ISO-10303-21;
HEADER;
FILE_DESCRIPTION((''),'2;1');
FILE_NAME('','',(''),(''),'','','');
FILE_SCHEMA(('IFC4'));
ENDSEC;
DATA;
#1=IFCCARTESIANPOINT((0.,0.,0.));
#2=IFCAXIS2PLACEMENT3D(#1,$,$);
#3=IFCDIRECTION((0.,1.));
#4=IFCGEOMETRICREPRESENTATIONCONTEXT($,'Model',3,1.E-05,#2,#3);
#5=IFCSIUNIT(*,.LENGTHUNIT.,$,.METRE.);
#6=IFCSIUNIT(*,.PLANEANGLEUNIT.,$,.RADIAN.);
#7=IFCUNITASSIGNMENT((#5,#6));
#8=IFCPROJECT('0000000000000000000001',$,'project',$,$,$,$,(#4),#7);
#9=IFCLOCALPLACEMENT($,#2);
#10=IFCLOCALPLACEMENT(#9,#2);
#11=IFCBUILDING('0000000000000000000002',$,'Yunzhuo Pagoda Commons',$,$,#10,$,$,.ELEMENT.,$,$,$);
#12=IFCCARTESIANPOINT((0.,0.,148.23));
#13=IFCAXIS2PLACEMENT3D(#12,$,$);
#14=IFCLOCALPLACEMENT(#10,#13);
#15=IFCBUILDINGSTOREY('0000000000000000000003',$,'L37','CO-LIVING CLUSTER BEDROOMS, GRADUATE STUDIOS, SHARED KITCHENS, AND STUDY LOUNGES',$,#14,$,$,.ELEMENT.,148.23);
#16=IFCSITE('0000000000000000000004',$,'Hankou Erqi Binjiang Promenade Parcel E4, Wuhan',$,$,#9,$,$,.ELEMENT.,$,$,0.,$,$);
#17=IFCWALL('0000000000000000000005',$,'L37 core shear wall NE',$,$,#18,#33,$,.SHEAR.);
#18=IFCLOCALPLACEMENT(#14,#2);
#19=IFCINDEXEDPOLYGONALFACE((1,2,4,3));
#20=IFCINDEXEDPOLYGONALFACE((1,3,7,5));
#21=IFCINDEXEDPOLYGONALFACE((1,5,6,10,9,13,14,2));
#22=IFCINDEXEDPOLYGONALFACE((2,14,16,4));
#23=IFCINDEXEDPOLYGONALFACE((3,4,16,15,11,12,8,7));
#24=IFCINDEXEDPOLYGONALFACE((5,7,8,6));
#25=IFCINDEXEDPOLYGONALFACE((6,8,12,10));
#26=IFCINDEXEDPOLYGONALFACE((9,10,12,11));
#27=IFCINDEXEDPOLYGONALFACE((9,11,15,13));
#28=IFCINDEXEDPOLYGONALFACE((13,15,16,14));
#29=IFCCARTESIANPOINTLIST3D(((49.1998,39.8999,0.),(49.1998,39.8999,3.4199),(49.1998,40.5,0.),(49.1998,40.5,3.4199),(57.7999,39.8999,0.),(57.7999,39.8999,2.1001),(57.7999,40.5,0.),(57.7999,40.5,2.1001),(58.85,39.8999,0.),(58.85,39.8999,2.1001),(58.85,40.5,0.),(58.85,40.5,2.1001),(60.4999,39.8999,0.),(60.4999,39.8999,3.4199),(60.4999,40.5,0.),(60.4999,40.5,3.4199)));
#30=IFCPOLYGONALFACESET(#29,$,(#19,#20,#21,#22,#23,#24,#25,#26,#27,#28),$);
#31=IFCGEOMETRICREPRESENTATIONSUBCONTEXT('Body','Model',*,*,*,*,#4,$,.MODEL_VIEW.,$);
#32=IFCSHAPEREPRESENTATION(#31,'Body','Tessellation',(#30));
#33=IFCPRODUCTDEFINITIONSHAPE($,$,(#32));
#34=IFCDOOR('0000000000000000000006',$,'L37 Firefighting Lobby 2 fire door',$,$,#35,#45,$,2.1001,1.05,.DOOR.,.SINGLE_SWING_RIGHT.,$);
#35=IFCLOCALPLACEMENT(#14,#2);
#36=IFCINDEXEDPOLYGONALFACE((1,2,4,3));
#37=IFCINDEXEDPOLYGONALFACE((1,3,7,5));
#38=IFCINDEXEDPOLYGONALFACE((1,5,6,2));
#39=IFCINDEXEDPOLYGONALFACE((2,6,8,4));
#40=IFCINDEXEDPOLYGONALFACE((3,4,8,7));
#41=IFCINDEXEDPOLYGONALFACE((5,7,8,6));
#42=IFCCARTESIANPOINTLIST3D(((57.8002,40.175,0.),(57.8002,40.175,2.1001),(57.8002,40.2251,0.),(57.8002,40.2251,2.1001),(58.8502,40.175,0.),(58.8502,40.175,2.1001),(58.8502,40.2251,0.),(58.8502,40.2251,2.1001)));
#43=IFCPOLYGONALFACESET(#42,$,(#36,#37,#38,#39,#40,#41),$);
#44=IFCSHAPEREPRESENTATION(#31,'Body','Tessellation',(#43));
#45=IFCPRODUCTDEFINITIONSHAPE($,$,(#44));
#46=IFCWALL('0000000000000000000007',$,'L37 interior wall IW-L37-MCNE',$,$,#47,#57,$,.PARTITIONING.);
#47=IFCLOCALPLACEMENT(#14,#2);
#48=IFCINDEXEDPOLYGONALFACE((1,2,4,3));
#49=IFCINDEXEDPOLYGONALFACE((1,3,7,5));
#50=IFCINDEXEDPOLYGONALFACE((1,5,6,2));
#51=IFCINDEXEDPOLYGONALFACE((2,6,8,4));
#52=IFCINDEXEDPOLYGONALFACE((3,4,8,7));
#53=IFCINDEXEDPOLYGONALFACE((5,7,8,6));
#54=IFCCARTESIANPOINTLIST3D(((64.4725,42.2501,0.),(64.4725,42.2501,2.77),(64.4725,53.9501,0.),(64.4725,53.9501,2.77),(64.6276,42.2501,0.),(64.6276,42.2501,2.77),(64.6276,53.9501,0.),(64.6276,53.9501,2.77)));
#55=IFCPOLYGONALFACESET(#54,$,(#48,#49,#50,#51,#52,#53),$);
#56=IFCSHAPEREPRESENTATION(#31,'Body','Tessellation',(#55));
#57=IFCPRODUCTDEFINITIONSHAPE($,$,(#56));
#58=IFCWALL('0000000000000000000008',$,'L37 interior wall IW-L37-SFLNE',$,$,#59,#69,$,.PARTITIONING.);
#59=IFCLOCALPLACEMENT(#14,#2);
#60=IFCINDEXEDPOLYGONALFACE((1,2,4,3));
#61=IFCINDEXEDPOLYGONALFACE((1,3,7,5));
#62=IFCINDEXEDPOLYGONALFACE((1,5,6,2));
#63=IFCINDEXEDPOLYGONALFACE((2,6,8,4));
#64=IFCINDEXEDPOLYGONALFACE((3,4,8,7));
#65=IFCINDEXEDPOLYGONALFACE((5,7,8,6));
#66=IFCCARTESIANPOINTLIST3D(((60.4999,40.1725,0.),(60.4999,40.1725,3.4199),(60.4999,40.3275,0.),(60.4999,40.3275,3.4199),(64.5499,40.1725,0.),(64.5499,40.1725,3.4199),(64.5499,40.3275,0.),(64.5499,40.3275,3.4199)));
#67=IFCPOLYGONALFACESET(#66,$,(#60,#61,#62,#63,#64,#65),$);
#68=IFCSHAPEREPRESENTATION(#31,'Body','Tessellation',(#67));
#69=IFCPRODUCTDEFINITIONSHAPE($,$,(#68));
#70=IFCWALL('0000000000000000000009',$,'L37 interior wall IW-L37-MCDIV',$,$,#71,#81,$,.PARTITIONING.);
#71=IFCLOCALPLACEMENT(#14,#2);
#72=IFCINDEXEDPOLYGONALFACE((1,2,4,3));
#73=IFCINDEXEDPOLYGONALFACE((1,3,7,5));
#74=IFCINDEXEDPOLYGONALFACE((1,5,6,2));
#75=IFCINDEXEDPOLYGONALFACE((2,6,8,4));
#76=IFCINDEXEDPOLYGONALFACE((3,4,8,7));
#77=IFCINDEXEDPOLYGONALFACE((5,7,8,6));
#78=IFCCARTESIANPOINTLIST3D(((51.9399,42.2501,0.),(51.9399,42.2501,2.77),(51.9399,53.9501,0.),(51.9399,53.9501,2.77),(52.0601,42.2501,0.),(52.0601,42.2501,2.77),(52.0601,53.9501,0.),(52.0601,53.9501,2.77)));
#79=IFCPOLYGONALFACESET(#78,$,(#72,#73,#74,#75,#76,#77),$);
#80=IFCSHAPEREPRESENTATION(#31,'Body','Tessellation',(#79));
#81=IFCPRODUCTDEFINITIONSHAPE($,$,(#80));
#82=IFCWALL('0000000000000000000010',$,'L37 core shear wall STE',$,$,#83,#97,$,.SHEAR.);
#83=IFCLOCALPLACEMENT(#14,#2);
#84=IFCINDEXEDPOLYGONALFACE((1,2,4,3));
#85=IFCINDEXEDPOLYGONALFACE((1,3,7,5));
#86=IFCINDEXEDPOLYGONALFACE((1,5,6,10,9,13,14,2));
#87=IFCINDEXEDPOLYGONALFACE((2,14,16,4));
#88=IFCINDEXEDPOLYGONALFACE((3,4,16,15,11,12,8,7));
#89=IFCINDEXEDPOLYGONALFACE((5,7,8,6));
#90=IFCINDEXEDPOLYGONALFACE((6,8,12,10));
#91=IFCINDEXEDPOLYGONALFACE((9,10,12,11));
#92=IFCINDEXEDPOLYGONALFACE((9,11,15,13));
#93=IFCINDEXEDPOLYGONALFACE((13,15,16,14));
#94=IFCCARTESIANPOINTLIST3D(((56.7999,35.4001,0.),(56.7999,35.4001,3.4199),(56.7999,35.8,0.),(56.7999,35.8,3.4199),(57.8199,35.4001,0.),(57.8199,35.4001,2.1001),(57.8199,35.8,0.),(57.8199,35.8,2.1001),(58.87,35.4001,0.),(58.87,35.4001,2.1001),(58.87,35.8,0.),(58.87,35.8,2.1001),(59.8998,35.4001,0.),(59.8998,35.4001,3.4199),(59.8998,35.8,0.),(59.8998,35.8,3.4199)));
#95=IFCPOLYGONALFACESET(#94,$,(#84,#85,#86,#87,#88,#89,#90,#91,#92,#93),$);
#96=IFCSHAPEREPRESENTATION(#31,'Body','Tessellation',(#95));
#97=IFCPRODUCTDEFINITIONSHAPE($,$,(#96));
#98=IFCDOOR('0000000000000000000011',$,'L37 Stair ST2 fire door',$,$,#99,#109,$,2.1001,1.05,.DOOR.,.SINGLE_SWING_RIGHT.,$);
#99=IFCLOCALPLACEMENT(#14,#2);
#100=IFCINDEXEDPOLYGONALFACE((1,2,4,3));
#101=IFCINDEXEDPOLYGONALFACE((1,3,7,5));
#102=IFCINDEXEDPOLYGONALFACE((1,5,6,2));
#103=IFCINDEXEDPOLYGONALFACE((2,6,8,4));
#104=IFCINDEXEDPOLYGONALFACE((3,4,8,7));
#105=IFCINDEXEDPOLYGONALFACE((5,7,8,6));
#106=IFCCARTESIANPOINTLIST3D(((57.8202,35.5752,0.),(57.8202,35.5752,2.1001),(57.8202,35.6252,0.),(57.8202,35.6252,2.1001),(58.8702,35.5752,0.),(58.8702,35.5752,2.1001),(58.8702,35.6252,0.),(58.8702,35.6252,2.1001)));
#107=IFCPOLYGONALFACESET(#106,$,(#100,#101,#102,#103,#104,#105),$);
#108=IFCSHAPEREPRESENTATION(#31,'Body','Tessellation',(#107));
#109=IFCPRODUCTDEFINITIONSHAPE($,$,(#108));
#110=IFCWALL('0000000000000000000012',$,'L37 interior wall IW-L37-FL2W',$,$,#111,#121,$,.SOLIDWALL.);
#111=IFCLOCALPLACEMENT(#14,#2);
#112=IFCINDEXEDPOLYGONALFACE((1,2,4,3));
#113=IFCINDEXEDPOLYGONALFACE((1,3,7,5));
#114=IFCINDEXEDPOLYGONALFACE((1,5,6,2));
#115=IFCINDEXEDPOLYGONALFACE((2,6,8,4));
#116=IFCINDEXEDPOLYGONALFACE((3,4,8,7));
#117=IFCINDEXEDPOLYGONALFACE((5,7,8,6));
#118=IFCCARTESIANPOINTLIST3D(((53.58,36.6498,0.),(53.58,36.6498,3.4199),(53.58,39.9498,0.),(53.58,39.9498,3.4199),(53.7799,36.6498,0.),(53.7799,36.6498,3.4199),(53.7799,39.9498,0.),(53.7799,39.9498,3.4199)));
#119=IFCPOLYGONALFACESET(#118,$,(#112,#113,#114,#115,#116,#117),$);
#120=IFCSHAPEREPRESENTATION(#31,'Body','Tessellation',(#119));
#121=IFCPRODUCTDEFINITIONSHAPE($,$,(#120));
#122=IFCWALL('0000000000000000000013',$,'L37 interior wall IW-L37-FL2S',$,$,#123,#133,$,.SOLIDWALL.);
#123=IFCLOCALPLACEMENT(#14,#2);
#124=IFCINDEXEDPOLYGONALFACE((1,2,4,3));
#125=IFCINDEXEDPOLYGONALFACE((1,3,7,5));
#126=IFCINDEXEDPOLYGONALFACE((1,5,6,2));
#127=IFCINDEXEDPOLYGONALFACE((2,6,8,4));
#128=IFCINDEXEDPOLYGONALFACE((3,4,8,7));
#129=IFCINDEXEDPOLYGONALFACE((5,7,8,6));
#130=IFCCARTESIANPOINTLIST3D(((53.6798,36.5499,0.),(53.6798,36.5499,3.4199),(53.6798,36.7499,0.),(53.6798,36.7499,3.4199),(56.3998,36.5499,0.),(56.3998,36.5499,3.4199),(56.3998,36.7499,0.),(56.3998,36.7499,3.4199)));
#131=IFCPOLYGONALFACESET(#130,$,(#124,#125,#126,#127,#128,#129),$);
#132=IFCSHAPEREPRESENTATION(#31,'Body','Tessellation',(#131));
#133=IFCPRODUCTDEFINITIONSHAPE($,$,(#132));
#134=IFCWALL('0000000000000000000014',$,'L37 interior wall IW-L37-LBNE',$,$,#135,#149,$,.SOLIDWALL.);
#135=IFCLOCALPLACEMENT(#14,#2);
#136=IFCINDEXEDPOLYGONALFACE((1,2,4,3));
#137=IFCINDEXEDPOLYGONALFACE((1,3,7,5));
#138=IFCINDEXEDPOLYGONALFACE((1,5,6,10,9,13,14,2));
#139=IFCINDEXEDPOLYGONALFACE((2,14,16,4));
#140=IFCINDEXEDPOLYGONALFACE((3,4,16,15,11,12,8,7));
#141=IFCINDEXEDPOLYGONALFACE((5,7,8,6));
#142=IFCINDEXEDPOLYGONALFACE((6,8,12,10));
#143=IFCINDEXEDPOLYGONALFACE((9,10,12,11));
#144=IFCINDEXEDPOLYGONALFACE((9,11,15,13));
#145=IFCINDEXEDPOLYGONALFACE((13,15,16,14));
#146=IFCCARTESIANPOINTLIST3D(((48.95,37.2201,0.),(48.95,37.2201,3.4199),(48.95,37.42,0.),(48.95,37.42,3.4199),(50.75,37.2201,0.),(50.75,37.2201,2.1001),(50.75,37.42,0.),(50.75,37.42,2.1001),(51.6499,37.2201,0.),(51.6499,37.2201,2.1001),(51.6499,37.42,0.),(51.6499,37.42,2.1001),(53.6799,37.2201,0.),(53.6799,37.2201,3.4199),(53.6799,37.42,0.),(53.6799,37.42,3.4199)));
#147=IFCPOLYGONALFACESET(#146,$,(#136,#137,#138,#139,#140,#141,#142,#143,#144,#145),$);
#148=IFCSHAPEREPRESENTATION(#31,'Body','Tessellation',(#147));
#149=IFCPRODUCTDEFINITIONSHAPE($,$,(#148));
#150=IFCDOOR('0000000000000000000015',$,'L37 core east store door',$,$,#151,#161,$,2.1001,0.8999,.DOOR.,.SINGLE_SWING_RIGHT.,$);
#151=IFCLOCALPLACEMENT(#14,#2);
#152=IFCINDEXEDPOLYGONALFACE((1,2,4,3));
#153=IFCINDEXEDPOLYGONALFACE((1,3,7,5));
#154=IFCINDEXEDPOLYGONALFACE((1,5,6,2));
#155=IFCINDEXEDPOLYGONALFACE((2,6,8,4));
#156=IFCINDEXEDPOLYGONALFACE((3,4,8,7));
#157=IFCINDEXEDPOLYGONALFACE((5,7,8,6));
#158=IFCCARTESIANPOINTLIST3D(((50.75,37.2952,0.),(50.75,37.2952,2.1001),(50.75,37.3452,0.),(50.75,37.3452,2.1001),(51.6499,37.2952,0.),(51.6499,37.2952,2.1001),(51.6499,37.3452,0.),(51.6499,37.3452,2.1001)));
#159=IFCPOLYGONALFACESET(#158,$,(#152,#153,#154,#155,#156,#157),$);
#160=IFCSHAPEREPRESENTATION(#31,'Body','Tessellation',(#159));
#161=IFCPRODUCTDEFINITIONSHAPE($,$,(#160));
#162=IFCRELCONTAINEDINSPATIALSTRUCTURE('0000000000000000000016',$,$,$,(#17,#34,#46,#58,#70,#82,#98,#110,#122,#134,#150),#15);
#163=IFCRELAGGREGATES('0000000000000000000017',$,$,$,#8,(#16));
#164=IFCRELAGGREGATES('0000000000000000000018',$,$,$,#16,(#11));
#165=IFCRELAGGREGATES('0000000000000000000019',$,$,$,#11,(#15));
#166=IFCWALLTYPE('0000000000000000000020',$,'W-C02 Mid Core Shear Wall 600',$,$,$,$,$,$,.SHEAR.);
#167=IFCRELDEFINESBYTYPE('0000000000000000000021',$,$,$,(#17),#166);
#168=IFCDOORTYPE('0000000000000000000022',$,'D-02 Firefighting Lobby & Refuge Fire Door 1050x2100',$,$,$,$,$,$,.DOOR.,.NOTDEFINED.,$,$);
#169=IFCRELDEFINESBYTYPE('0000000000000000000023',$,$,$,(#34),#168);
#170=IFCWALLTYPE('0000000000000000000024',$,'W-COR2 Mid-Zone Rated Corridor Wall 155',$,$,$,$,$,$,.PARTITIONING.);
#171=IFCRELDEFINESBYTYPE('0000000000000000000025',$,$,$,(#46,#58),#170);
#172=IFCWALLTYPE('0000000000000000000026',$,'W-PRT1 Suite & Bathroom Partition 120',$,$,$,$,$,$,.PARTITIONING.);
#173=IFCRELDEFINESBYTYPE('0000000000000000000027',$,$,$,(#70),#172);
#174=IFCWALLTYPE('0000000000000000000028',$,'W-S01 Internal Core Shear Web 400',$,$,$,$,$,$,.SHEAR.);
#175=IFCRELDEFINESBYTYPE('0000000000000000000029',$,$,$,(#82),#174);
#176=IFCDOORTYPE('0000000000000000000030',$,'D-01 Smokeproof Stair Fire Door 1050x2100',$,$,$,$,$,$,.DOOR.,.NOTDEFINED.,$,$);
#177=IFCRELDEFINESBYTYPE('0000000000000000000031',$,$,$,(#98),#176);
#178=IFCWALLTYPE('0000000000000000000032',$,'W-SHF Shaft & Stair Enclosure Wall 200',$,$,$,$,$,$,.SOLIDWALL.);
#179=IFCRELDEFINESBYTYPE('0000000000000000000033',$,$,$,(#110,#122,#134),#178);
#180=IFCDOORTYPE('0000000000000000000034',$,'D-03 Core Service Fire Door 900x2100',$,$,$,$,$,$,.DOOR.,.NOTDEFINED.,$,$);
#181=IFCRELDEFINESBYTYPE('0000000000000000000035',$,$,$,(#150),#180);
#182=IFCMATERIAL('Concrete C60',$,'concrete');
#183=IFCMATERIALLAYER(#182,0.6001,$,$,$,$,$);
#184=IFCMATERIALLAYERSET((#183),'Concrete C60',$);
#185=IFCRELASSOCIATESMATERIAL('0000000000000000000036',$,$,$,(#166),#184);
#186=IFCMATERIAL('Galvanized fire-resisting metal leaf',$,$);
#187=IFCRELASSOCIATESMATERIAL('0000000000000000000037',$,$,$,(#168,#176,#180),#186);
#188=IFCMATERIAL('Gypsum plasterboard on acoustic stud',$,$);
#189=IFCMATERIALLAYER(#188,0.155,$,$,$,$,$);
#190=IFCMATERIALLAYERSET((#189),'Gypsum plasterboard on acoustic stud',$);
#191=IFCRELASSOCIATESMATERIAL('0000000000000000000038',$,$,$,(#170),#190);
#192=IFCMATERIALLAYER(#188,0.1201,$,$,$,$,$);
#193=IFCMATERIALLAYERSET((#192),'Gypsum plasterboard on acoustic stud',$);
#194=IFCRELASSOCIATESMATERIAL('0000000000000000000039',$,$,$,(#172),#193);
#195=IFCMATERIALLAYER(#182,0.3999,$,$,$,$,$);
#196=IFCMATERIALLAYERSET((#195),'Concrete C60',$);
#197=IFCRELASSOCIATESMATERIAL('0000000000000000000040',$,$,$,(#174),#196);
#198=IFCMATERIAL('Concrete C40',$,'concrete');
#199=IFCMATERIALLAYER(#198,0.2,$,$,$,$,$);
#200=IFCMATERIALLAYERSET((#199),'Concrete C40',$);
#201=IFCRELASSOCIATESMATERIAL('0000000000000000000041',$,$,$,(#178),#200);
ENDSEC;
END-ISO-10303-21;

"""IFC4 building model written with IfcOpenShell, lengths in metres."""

from ifc_helpers import new_model, si_unit, direction, frame, frame_2d, origin, place, context, subcontext, project, spatial, rectangle, extrude, source, transform, mapped, material, layer, layer_set, type_object, element, fill, save


model = new_model("IFC4")

# Units and contexts
model_context = context("Model", 3, precision=1e-05, world=origin(), true_north=direction((0.0, 1.0)))
body_context = subcontext(model_context, "Body", "Model", "MODEL_VIEW")
ifc_project = project(units=[si_unit("LENGTHUNIT", "METRE"), si_unit("PLANEANGLEUNIT", "RADIAN")], contexts=[model_context])

# Site, building, storey
site_placement = place(None, origin())
site = spatial("IfcSite", under=ifc_project, at=site_placement, Name="Hankou Erqi Binjiang Promenade Parcel E4, Wuhan", CompositionType="ELEMENT", RefElevation=0.0)
building_placement = place(site_placement, origin())
building = spatial("IfcBuilding", under=site, at=building_placement, Name="Yunzhuo Pagoda Commons", CompositionType="ELEMENT")
storey_placement = place(building_placement, frame((0.0, 0.0, 148.23)))
storey = spatial("IfcBuildingStorey", under=building, at=storey_placement, Name="L37", Description="CO-LIVING CLUSTER BEDROOMS, GRADUATE STUDIOS, SHARED KITCHENS, AND STUDY LOUNGES", CompositionType="ELEMENT", Elevation=148.23)

# Wall, opening, door
ifc_material_1 = material(Name="Concrete C60", Category="concrete")
ifc_layer_1 = layer(ifc_material_1, 0.6001)
ifc_layer_set_1 = layer_set([ifc_layer_1], Name="Concrete C60")
wall_type_1 = type_object("IfcWallType", Name="W-C02 Mid Core Shear Wall 600", PredefinedType="SHEAR", material=ifc_layer_set_1)
wall_1_placement = place(storey_placement, frame((49.2, 40.2, 0.0), z_axis=(0.0, 0.0, 1.0), x_axis=(1.0, 0.0, 0.0)))
wall_1 = element("IfcWall", 1, at=wall_1_placement, inside=storey, type_object=wall_type_1, Name="L37 core shear wall NE", PredefinedType="SHEAR", context=body_context, shape_type="SweptSolid", body=[
    extrude(rectangle(XDim=11.3, YDim=0.6001, at=frame_2d((5.6499, 0.0))), origin(), (0.0, 0.0, 1.0), 3.4199),
])
opening_1_placement = place(wall_1_placement, frame((8.6001, 0.0, 0.0)))
opening_1 = element("IfcOpeningElement", 2, at=opening_1_placement, cuts=wall_1, PredefinedType="OPENING", context=body_context, shape_type="SweptSolid", body=[
    extrude(rectangle(XDim=1.05, YDim=2.1001, at=frame_2d((0.5249, 1.05))), frame((0.0, 0.3101, 0.0), z_axis=(0.0, -1.0, 0.0), x_axis=(1.0, 0.0, 0.0)), (0.0, 0.0, 1.0), 0.6201),
])
ifc_material_2 = material(Name="Galvanized fire-resisting metal leaf")
door_type_1 = type_object("IfcDoorType", Name="D-02 Firefighting Lobby & Refuge Fire Door 1050x2100", OperationType="NOTDEFINED", PredefinedType="DOOR", material=ifc_material_2)
shared_shape_1 = source(origin(), body_context, "Body", "SweptSolid", [
    extrude(rectangle(XDim=1.05, YDim=2.1001, at=frame_2d((0.5249, 1.05))), frame((0.0, 0.0249, 0.0), z_axis=(0.0, -1.0, 0.0), x_axis=(1.0, 0.0, 0.0)), (0.0, 0.0, 1.0), 0.05),
])
door_1_placement = place(opening_1_placement, frame((1.05, 0.0, 0.0), z_axis=(0.0, 0.0, 1.0), x_axis=(-1.0, 0.0, 0.0)))
door_1 = element("IfcDoor", 3, at=door_1_placement, inside=storey, type_object=door_type_1, Name="L37 Firefighting Lobby 2 fire door", OperationType="SINGLE_SWING_RIGHT", OverallHeight=2.1001, OverallWidth=1.05, PredefinedType="DOOR", context=body_context, shape_type="MappedRepresentation", body=[
    mapped(shared_shape_1, transform((0.0, 0.0, 0.0), scale=1.0)),
])
fill(opening_1, door_1)

# Walls
ifc_material_3 = material(Name="Gypsum plasterboard on acoustic stud")
ifc_layer_2 = layer(ifc_material_3, 0.155)
ifc_layer_set_2 = layer_set([ifc_layer_2], Name="Gypsum plasterboard on acoustic stud")
wall_type_2 = type_object("IfcWallType", Name="W-COR2 Mid-Zone Rated Corridor Wall 155", PredefinedType="PARTITIONING", material=ifc_layer_set_2)
wall_2_placement = place(storey_placement, frame((64.55, 42.25, 0.0), z_axis=(0.0, 0.0, 1.0), x_axis=(0.0, 1.0, 0.0)))
element("IfcWall", 4, at=wall_2_placement, inside=storey, type_object=wall_type_2, Name="L37 interior wall IW-L37-MCNE", PredefinedType="PARTITIONING", context=body_context, shape_type="SweptSolid", body=[
    extrude(rectangle(XDim=11.7, YDim=0.155, at=frame_2d((5.8501, 0.0))), origin(), (0.0, 0.0, 1.0), 2.77),
])
wall_3_placement = place(storey_placement, frame((60.5, 40.25, 0.0), z_axis=(0.0, 0.0, 1.0), x_axis=(1.0, 0.0, 0.0)))
element("IfcWall", 5, at=wall_3_placement, inside=storey, type_object=wall_type_2, Name="L37 interior wall IW-L37-SFLNE", PredefinedType="PARTITIONING", context=body_context, shape_type="SweptSolid", body=[
    extrude(rectangle(XDim=4.05, YDim=0.155, at=frame_2d((2.0249, 0.0))), origin(), (0.0, 0.0, 1.0), 3.4199),
])
ifc_layer_3 = layer(ifc_material_3, 0.1201)
ifc_layer_set_3 = layer_set([ifc_layer_3], Name="Gypsum plasterboard on acoustic stud")
wall_type_3 = type_object("IfcWallType", Name="W-PRT1 Suite & Bathroom Partition 120", PredefinedType="PARTITIONING", material=ifc_layer_set_3)
wall_4_placement = place(storey_placement, frame((52.0, 42.25, 0.0), z_axis=(0.0, 0.0, 1.0), x_axis=(0.0, 1.0, 0.0)))
element("IfcWall", 6, at=wall_4_placement, inside=storey, type_object=wall_type_3, Name="L37 interior wall IW-L37-MCDIV", PredefinedType="PARTITIONING", context=body_context, shape_type="SweptSolid", body=[
    extrude(rectangle(XDim=11.7, YDim=0.1201, at=frame_2d((5.8501, 0.0))), origin(), (0.0, 0.0, 1.0), 2.77),
])

# Wall, opening, door
ifc_layer_4 = layer(ifc_material_1, 0.3999)
ifc_layer_set_4 = layer_set([ifc_layer_4], Name="Concrete C60")
wall_type_4 = type_object("IfcWallType", Name="W-S01 Internal Core Shear Web 400", PredefinedType="SHEAR", material=ifc_layer_set_4)
wall_5_placement = place(storey_placement, frame((56.8, 35.6001, 0.0), z_axis=(0.0, 0.0, 1.0), x_axis=(1.0, 0.0, 0.0)))
wall_5 = element("IfcWall", 7, at=wall_5_placement, inside=storey, type_object=wall_type_4, Name="L37 core shear wall STE", PredefinedType="SHEAR", context=body_context, shape_type="SweptSolid", body=[
    extrude(rectangle(XDim=3.0999, YDim=0.3999, at=frame_2d((1.5498, 0.0))), origin(), (0.0, 0.0, 1.0), 3.4199),
])
opening_2_placement = place(wall_5_placement, frame((1.02, 0.0, 0.0)))
opening_2 = element("IfcOpeningElement", 8, at=opening_2_placement, cuts=wall_5, PredefinedType="OPENING", context=body_context, shape_type="SweptSolid", body=[
    extrude(rectangle(XDim=1.05, YDim=2.1001, at=frame_2d((0.5249, 1.05))), frame((0.0, 0.21, 0.0), z_axis=(0.0, -1.0, 0.0), x_axis=(1.0, 0.0, 0.0)), (0.0, 0.0, 1.0), 0.4199),
])
door_type_2 = type_object("IfcDoorType", Name="D-01 Smokeproof Stair Fire Door 1050x2100", OperationType="NOTDEFINED", PredefinedType="DOOR", material=ifc_material_2)
door_2_placement = place(opening_2_placement, frame((1.05, 0.0, 0.0), z_axis=(0.0, 0.0, 1.0), x_axis=(-1.0, 0.0, 0.0)))
door_2 = element("IfcDoor", 9, at=door_2_placement, inside=storey, type_object=door_type_2, Name="L37 Stair ST2 fire door", OperationType="SINGLE_SWING_RIGHT", OverallHeight=2.1001, OverallWidth=1.05, PredefinedType="DOOR", context=body_context, shape_type="MappedRepresentation", body=[
    mapped(shared_shape_1, transform((0.0, 0.0, 0.0), scale=1.0)),
])
fill(opening_2, door_2)

# Walls
ifc_material_4 = material(Name="Concrete C40", Category="concrete")
ifc_layer_5 = layer(ifc_material_4, 0.2)
ifc_layer_set_5 = layer_set([ifc_layer_5], Name="Concrete C40")
wall_type_5 = type_object("IfcWallType", Name="W-SHF Shaft & Stair Enclosure Wall 200", PredefinedType="SOLIDWALL", material=ifc_layer_set_5)
wall_6_placement = place(storey_placement, frame((53.6799, 36.6499, 0.0), z_axis=(0.0, 0.0, 1.0), x_axis=(0.0, 1.0, 0.0)))
element("IfcWall", 10, at=wall_6_placement, inside=storey, type_object=wall_type_5, Name="L37 interior wall IW-L37-FL2W", PredefinedType="SOLIDWALL", context=body_context, shape_type="SweptSolid", body=[
    extrude(rectangle(XDim=3.3, YDim=0.2, at=frame_2d((1.6499, 0.0))), origin(), (0.0, 0.0, 1.0), 3.4199),
])
wall_7_placement = place(storey_placement, frame((53.6799, 36.6499, 0.0), z_axis=(0.0, 0.0, 1.0), x_axis=(1.0, 0.0, 0.0)))
element("IfcWall", 11, at=wall_7_placement, inside=storey, type_object=wall_type_5, Name="L37 interior wall IW-L37-FL2S", PredefinedType="SOLIDWALL", context=body_context, shape_type="SweptSolid", body=[
    extrude(rectangle(XDim=2.72, YDim=0.2, at=frame_2d((1.3599, 0.0))), origin(), (0.0, 0.0, 1.0), 3.4199),
])

# Wall, opening, door
wall_8_placement = place(storey_placement, frame((48.95, 37.3201, 0.0), z_axis=(0.0, 0.0, 1.0), x_axis=(1.0, 0.0, 0.0)))
wall_8 = element("IfcWall", 12, at=wall_8_placement, inside=storey, type_object=wall_type_5, Name="L37 interior wall IW-L37-LBNE", PredefinedType="SOLIDWALL", context=body_context, shape_type="SweptSolid", body=[
    extrude(rectangle(XDim=4.73, YDim=0.2, at=frame_2d((2.365, 0.0))), origin(), (0.0, 0.0, 1.0), 3.4199),
])
opening_3_placement = place(wall_8_placement, frame((1.8, 0.0, 0.0)))
opening_3 = element("IfcOpeningElement", 13, at=opening_3_placement, cuts=wall_8, PredefinedType="OPENING", context=body_context, shape_type="SweptSolid", body=[
    extrude(rectangle(XDim=0.8999, YDim=2.1001, at=frame_2d((0.45, 1.05))), frame((0.0, 0.1099, 0.0), z_axis=(0.0, -1.0, 0.0), x_axis=(1.0, 0.0, 0.0)), (0.0, 0.0, 1.0), 0.22),
])
door_type_3 = type_object("IfcDoorType", Name="D-03 Core Service Fire Door 900x2100", OperationType="NOTDEFINED", PredefinedType="DOOR", material=ifc_material_2)
shared_shape_2 = source(origin(), body_context, "Body", "SweptSolid", [
    extrude(rectangle(XDim=0.8999, YDim=2.1001, at=frame_2d((0.45, 1.05))), frame((0.0, 0.0249, 0.0), z_axis=(0.0, -1.0, 0.0), x_axis=(1.0, 0.0, 0.0)), (0.0, 0.0, 1.0), 0.05),
])
door_3_placement = place(opening_3_placement, frame((0.8999, 0.0, 0.0), z_axis=(0.0, 0.0, 1.0), x_axis=(-1.0, 0.0, 0.0)))
door_3 = element("IfcDoor", 14, at=door_3_placement, inside=storey, type_object=door_type_3, Name="L37 core east store door", OperationType="SINGLE_SWING_RIGHT", OverallHeight=2.1001, OverallWidth=0.8999, PredefinedType="DOOR", context=body_context, shape_type="MappedRepresentation", body=[
    mapped(shared_shape_2, transform((0.0, 0.0, 0.0), scale=1.0)),
])
fill(opening_3, door_3)

save(model, "model.ifc")
